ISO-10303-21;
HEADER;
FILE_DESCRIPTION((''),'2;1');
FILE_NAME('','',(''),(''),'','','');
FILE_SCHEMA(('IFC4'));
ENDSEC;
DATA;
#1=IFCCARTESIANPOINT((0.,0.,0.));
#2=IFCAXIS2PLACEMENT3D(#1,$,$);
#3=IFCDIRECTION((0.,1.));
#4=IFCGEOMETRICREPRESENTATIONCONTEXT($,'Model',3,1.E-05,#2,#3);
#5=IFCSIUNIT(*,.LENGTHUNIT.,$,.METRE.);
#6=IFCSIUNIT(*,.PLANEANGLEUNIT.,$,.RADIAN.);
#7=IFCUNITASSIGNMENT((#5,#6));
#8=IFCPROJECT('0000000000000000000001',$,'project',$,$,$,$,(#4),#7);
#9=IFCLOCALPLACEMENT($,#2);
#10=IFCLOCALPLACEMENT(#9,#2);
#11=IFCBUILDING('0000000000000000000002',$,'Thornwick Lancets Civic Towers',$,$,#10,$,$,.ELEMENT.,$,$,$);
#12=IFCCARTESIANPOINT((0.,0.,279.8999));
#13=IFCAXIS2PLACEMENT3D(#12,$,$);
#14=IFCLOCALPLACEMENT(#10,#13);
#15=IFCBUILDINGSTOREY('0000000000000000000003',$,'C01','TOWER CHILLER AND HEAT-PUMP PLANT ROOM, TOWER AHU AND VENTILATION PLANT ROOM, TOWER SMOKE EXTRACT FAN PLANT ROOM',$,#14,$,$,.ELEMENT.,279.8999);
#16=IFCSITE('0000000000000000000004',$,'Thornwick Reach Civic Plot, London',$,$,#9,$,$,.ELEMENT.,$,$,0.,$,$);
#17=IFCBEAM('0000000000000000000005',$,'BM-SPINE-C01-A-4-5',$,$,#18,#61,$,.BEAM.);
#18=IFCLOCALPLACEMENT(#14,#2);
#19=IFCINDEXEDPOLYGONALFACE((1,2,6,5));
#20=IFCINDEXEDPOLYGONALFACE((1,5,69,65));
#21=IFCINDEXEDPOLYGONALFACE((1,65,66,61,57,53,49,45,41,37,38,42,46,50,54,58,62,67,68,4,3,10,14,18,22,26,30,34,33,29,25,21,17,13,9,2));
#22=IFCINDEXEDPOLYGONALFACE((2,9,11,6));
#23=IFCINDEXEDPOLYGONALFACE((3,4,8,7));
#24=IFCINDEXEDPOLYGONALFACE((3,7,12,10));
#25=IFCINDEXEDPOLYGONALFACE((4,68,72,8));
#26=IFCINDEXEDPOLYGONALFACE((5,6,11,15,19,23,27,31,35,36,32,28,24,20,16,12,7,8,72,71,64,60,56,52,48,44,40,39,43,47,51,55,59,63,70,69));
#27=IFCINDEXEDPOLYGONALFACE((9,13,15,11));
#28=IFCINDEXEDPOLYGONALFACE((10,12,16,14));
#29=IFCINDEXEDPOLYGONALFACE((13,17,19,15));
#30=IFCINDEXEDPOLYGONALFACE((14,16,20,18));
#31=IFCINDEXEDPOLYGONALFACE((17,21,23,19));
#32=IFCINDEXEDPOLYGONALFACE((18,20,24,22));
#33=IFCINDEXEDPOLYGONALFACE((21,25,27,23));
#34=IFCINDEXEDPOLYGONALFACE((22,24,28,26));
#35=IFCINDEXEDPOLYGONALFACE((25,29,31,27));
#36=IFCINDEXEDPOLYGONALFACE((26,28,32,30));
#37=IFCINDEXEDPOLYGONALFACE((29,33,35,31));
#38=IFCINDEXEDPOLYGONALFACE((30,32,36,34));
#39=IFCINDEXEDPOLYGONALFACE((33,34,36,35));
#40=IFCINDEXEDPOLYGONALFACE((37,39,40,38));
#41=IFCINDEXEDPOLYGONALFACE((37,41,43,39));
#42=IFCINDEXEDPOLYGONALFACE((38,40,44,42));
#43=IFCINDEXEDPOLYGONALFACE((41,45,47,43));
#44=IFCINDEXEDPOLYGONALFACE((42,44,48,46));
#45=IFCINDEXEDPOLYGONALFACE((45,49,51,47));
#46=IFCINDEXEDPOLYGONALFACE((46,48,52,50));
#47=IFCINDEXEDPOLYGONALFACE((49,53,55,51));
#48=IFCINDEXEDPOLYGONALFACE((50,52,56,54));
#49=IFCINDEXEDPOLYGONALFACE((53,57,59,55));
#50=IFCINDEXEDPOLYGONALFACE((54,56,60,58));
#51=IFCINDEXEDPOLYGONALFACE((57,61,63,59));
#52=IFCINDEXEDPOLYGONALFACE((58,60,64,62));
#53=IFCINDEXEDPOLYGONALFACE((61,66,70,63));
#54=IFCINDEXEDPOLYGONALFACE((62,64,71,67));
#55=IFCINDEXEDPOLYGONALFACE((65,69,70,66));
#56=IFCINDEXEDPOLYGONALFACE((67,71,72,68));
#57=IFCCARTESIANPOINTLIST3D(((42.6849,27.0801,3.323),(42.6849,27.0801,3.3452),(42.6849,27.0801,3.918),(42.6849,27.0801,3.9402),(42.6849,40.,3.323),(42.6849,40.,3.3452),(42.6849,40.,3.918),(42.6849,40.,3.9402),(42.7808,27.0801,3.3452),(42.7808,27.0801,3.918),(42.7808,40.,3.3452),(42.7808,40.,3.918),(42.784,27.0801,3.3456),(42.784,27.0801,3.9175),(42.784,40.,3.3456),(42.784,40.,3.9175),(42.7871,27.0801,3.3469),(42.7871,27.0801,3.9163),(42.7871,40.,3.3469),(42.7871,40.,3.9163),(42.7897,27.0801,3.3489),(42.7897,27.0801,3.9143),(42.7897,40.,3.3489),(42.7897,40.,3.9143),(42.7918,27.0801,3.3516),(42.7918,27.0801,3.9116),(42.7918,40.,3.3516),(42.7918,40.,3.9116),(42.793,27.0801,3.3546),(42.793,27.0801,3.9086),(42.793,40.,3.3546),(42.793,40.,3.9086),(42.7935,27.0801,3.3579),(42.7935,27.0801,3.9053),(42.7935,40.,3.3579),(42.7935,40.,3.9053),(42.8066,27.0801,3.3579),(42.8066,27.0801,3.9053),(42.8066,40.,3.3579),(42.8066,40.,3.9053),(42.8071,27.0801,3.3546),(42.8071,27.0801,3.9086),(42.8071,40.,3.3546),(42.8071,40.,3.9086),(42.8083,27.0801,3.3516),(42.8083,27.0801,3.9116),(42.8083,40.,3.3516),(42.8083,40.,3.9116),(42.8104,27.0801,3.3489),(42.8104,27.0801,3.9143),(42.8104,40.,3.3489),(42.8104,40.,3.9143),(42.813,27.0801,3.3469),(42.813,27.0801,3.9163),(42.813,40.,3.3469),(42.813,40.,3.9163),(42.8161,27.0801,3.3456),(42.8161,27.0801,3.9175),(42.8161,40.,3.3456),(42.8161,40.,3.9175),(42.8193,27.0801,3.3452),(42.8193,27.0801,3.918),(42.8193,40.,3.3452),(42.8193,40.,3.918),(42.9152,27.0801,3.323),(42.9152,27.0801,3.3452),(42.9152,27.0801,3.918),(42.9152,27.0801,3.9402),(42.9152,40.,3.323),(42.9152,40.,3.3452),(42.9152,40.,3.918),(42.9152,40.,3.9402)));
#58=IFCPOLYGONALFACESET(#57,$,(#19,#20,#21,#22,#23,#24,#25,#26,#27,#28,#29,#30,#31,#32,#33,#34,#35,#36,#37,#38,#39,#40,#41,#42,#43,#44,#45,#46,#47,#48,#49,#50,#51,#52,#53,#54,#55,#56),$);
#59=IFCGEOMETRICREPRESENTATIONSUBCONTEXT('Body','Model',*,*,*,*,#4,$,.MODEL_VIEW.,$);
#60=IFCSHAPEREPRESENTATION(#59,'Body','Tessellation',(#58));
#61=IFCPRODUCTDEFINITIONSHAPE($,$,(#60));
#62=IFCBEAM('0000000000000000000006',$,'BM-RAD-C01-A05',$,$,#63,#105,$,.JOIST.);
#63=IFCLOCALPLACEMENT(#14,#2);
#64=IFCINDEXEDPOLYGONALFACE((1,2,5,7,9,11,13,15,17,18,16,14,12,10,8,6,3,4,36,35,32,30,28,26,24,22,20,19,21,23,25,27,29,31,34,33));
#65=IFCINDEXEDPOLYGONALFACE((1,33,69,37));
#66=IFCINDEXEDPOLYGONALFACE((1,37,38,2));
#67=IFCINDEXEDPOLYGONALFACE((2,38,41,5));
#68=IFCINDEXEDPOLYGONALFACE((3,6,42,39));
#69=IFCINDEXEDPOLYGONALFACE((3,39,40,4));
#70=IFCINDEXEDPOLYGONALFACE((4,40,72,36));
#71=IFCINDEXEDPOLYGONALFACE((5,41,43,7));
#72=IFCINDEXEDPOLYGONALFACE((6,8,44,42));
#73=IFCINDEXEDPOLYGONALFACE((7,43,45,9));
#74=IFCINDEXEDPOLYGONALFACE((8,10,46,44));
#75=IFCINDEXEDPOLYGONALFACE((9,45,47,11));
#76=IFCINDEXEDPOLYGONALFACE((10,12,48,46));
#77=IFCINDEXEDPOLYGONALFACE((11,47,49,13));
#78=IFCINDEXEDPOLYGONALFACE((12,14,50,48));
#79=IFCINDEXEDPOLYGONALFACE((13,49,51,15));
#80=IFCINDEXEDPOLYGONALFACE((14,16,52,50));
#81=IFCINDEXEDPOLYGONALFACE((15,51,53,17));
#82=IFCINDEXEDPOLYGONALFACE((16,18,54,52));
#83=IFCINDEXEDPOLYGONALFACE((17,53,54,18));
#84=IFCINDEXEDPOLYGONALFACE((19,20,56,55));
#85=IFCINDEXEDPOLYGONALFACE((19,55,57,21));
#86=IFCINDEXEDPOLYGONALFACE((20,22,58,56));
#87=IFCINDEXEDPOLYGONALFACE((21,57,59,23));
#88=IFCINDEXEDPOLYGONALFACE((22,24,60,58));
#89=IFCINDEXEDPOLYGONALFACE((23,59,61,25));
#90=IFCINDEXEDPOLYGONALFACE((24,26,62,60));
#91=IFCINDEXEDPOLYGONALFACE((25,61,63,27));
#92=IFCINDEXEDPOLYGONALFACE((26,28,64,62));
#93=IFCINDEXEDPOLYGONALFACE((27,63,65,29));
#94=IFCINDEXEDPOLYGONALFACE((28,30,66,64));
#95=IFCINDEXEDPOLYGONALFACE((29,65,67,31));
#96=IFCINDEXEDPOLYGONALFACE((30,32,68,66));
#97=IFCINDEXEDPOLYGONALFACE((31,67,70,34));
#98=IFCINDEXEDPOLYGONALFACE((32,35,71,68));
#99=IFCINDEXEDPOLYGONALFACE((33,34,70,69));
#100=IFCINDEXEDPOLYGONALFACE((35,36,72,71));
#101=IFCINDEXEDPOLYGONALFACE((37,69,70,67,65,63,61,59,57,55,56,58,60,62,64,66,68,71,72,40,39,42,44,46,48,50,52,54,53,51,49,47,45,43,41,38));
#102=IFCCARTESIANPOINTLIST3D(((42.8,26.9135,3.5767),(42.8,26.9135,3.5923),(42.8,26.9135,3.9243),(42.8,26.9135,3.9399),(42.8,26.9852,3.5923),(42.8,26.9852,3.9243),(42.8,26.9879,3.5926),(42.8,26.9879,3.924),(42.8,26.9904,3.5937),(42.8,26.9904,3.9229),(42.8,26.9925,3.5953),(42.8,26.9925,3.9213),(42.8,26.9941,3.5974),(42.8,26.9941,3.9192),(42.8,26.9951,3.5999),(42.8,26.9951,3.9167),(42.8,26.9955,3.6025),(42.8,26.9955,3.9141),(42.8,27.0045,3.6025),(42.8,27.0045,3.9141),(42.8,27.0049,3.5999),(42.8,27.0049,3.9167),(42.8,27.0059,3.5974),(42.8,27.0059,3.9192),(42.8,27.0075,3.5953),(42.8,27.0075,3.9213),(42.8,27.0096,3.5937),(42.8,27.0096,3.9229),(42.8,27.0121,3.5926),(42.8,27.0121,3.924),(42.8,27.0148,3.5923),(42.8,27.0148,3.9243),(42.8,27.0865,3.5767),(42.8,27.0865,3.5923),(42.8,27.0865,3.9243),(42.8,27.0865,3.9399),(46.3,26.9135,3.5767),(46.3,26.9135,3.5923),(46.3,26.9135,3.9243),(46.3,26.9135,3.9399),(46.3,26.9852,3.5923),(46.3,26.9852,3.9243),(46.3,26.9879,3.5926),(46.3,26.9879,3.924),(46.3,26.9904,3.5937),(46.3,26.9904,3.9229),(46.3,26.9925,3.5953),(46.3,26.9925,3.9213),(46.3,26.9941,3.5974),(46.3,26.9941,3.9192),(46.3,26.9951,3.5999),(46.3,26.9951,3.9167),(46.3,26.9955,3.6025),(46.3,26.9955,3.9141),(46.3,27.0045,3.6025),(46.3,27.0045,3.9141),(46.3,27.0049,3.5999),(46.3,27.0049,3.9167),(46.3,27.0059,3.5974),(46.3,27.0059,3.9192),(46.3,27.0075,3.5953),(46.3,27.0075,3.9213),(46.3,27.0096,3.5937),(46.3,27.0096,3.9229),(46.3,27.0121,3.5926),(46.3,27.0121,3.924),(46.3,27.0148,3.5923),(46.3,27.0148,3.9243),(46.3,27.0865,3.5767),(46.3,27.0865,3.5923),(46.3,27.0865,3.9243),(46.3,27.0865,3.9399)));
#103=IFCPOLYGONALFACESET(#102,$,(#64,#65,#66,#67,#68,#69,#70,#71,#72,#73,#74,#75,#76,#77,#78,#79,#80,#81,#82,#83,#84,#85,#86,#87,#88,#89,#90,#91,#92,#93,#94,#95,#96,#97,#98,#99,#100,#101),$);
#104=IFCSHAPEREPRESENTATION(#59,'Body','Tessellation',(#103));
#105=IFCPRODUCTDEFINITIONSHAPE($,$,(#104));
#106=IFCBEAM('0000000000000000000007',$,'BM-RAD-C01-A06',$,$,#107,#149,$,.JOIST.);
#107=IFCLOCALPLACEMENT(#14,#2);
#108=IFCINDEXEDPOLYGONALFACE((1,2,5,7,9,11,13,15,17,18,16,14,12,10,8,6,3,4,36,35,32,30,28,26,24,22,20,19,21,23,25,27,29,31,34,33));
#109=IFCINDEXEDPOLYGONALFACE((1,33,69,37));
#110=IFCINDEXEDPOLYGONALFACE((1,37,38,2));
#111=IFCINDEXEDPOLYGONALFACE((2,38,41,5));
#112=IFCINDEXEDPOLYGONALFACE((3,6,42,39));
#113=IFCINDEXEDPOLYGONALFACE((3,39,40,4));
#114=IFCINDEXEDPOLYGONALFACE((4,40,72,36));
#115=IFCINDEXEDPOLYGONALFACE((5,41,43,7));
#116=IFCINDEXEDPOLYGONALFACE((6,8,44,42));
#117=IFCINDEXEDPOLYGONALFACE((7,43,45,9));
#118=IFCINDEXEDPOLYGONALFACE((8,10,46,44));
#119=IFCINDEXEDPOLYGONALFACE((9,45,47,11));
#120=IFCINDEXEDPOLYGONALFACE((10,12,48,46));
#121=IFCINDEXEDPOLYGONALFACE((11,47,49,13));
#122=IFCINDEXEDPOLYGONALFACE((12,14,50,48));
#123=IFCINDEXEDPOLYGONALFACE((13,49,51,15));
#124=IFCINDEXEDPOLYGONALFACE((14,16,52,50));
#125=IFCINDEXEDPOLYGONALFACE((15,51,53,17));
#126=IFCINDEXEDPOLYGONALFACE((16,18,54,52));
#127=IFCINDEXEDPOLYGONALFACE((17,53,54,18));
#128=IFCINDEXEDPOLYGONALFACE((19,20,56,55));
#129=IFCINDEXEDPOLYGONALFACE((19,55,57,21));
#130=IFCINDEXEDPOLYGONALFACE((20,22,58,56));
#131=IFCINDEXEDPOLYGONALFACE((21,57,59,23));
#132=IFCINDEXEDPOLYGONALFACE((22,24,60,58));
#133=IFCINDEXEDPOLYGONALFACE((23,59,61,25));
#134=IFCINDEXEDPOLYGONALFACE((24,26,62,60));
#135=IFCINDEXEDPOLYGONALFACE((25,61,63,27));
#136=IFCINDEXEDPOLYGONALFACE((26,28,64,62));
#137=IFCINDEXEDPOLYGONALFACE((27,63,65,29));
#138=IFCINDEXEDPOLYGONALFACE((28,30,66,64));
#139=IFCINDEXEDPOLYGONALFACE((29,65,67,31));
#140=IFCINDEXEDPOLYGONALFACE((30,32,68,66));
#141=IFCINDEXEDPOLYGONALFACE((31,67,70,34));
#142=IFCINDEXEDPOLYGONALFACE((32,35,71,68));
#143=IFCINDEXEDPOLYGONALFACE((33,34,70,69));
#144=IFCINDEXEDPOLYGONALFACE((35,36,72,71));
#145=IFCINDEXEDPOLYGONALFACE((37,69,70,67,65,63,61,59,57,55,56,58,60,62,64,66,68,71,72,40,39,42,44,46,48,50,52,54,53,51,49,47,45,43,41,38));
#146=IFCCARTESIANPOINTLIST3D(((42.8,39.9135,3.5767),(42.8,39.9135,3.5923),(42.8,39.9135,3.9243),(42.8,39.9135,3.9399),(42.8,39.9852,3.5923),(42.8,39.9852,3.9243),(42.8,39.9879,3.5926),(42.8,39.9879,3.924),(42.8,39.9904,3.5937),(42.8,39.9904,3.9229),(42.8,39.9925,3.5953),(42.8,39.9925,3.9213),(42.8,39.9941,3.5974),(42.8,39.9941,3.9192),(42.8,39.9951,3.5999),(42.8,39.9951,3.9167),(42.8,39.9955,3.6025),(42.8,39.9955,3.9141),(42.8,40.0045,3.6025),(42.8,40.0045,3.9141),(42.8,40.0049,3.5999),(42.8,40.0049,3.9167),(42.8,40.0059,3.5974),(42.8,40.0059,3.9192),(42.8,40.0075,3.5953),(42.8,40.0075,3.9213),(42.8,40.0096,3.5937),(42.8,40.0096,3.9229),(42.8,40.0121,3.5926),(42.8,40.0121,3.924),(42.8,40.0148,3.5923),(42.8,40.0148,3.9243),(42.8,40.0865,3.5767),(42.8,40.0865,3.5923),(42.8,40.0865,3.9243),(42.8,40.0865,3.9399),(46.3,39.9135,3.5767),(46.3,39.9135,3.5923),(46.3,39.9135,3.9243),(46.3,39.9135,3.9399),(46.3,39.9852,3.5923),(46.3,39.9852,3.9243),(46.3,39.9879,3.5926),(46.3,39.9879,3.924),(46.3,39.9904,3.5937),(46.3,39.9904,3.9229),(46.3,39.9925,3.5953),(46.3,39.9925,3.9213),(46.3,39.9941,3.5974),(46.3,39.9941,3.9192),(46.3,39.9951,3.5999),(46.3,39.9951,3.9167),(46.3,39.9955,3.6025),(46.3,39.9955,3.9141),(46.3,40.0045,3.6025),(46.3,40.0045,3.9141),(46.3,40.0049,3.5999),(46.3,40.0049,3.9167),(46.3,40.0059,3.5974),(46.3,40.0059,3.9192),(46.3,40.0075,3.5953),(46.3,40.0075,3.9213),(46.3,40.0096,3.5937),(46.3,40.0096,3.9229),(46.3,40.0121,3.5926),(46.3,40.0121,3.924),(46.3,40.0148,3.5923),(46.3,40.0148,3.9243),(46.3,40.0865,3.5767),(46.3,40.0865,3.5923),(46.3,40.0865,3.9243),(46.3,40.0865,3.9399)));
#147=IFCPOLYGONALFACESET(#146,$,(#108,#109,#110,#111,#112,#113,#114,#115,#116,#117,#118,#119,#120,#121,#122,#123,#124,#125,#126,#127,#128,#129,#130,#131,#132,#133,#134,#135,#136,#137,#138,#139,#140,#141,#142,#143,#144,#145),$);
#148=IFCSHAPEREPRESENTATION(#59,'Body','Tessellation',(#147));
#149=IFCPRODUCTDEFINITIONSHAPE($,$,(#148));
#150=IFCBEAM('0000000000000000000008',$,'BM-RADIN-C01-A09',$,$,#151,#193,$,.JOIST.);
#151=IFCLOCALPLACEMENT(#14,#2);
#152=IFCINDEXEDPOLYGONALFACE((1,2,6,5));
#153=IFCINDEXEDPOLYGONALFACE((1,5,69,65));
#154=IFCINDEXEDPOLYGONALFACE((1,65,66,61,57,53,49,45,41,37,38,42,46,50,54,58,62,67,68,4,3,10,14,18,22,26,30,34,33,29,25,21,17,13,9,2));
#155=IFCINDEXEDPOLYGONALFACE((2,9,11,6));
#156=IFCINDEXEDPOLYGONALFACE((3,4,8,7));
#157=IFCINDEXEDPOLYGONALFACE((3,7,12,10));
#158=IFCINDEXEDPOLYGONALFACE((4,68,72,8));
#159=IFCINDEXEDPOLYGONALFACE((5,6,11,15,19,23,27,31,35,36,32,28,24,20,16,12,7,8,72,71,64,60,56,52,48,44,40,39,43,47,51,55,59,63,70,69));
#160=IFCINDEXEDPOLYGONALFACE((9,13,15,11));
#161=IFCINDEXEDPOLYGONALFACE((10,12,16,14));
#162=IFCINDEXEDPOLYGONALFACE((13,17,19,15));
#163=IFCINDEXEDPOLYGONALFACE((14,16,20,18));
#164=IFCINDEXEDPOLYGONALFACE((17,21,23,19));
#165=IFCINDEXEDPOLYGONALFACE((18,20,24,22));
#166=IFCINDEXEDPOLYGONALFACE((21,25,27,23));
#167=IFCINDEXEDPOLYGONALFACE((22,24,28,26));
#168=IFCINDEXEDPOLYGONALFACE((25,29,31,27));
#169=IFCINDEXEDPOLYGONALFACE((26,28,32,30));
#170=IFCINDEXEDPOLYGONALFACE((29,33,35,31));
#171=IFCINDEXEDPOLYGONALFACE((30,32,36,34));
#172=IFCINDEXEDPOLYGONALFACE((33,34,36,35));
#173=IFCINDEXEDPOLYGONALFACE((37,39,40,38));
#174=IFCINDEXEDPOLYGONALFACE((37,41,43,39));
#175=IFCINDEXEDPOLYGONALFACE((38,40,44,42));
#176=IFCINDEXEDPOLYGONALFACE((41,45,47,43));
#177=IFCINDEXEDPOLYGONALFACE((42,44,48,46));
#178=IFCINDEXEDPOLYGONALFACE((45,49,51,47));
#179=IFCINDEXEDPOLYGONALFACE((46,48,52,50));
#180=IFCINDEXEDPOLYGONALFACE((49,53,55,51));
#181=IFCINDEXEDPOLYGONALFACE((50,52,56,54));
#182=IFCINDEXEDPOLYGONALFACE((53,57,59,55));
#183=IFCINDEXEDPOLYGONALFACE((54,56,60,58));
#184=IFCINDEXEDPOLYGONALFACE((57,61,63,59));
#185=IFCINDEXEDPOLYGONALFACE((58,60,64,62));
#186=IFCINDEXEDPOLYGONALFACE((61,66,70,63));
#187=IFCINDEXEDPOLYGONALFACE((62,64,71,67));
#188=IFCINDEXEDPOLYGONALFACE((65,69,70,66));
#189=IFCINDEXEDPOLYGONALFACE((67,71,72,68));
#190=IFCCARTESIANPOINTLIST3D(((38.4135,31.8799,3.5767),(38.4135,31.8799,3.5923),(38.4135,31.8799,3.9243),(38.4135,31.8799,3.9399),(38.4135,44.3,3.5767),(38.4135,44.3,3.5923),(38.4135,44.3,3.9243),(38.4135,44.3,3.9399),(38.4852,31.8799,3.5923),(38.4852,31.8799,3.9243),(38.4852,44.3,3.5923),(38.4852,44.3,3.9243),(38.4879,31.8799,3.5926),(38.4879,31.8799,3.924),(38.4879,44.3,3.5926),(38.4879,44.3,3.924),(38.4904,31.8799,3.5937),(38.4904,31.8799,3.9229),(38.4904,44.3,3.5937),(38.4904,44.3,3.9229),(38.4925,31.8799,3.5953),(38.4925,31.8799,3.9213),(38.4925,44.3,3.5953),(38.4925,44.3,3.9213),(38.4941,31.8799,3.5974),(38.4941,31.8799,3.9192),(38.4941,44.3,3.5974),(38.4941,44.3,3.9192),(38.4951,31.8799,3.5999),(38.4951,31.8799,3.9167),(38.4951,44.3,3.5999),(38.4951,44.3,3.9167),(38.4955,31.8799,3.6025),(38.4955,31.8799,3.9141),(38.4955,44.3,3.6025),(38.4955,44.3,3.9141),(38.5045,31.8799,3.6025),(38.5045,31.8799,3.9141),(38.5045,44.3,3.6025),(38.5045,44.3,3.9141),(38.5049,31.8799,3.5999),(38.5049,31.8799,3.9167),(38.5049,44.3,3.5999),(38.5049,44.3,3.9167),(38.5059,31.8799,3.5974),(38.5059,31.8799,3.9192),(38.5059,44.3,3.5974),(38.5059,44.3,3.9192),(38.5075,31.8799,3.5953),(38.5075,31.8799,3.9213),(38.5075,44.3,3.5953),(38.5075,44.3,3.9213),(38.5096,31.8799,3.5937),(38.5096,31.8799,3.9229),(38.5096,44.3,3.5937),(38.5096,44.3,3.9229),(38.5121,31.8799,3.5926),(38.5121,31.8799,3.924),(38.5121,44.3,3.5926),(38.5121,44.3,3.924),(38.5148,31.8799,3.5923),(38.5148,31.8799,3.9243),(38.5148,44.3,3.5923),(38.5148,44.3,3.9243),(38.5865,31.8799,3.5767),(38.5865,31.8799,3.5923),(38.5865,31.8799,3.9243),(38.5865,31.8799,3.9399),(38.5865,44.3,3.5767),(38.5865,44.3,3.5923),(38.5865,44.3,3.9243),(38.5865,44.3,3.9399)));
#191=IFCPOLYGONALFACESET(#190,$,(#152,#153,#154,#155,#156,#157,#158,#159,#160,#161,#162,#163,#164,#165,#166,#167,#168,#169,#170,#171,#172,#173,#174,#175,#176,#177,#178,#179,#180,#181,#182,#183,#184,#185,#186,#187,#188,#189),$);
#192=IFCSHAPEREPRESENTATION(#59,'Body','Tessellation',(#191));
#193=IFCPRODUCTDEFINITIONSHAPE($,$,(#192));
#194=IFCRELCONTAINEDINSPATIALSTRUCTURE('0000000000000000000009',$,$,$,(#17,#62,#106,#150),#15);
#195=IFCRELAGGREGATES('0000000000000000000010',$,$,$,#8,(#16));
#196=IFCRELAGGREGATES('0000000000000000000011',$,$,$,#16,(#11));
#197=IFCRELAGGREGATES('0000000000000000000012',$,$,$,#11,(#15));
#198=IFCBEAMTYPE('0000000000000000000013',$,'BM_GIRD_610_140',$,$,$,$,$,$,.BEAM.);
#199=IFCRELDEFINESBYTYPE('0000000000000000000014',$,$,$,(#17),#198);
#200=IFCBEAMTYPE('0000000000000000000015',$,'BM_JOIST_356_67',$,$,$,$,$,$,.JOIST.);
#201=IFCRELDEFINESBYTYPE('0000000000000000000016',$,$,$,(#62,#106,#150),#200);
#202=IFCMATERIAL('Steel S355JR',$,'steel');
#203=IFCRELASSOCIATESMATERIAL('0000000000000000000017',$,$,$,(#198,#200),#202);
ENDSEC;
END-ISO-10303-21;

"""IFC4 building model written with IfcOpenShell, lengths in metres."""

from ifc_helpers import new_model, si_unit, direction, frame, origin, origin_2d, place, context, subcontext, project, spatial, i_section, extrude, material, material_profile, profile_set, type_object, element, save


model = new_model("IFC4")

# Units and contexts
model_context = context("Model", 3, precision=1e-05, world=origin(), true_north=direction((0.0, 1.0)))
body_context = subcontext(model_context, "Body", "Model", "MODEL_VIEW")
ifc_project = project(units=[si_unit("LENGTHUNIT", "METRE"), si_unit("PLANEANGLEUNIT", "RADIAN")], contexts=[model_context])

# Site, building, storey
site_placement = place(None, origin())
site = spatial("IfcSite", under=ifc_project, at=site_placement, Name="Thornwick Reach Civic Plot, London", CompositionType="ELEMENT", RefElevation=0.0)
building_placement = place(site_placement, origin())
building = spatial("IfcBuilding", under=site, at=building_placement, Name="Thornwick Lancets Civic Towers", CompositionType="ELEMENT")
storey_placement = place(building_placement, frame((0.0, 0.0, 279.8999)))
storey = spatial("IfcBuildingStorey", under=building, at=storey_placement, Name="C01", Description="TOWER CHILLER AND HEAT-PUMP PLANT ROOM, TOWER AHU AND VENTILATION PLANT ROOM, TOWER SMOKE EXTRACT FAN PLANT ROOM", CompositionType="ELEMENT", Elevation=279.8999)

# Shared definitions
ifc_material_1 = material(Name="Steel S355JR", Category="steel")

# Beams
ifc_material_profile_1 = material_profile(ifc_material_1, i_section(OverallWidth=0.2302, OverallDepth=0.6172, WebThickness=0.0132, FlangeThickness=0.0222, FilletRadius=0.0127, at=origin_2d()), Name="UKB 610x229x140")
ifc_profile_set_1 = profile_set([ifc_material_profile_1], Name="Steel S355JR")
beam_type_1 = type_object("IfcBeamType", Name="BM_GIRD_610_140", PredefinedType="BEAM", material=ifc_profile_set_1)
beam_1_placement = place(storey_placement, frame((42.8, 27.0801, 3.6316), z_axis=(0.0, 1.0, 0.0), x_axis=(-1.0, 0.0, 0.0)))
element("IfcBeam", 1, at=beam_1_placement, inside=storey, type_object=beam_type_1, Name="BM-SPINE-C01-A-4-5", PredefinedType="BEAM", context=body_context, shape_type="SweptSolid", body=[
    extrude(i_section(OverallWidth=0.2302, OverallDepth=0.6172, WebThickness=0.0132, FlangeThickness=0.0222, FilletRadius=0.0127, at=origin_2d()), origin(), (0.0, 0.0, 1.0), 12.9199),
])
ifc_material_profile_2 = material_profile(ifc_material_1, i_section(OverallWidth=0.1731, OverallDepth=0.3633, WebThickness=0.009, FlangeThickness=0.0156, FilletRadius=0.0103, at=origin_2d()), Name="UKB 356x171x67")
ifc_profile_set_2 = profile_set([ifc_material_profile_2], Name="Steel S355JR")
beam_type_2 = type_object("IfcBeamType", Name="BM_JOIST_356_67", PredefinedType="JOIST", material=ifc_profile_set_2)
for number, where, z_axis, x_axis, name in (
    (2, (42.8, 27.0, 3.7583), (1.0, 0.0, 0.0), (0.0, 1.0, 0.0), "BM-RAD-C01-A05"),
    (3, (42.8, 40.0, 3.7583), (1.0, 0.0, 0.0), (0.0, 1.0, 0.0), "BM-RAD-C01-A06"),
):
    element("IfcBeam", number, at=place(storey_placement, frame(where, z_axis=z_axis, x_axis=x_axis)), inside=storey, type_object=beam_type_2, Name=name, PredefinedType="JOIST", context=body_context, shape_type="SweptSolid", body=[
        extrude(i_section(OverallWidth=0.1731, OverallDepth=0.3633, WebThickness=0.009, FlangeThickness=0.0156, FilletRadius=0.0103, at=origin_2d()), origin(), (0.0, 0.0, 1.0), 3.5),
    ])
beam_2_placement = place(storey_placement, frame((38.5, 31.8799, 3.7583), z_axis=(0.0, 1.0, 0.0), x_axis=(-1.0, 0.0, 0.0)))
element("IfcBeam", 4, at=beam_2_placement, inside=storey, type_object=beam_type_2, Name="BM-RADIN-C01-A09", PredefinedType="JOIST", context=body_context, shape_type="SweptSolid", body=[
    extrude(i_section(OverallWidth=0.1731, OverallDepth=0.3633, WebThickness=0.009, FlangeThickness=0.0156, FilletRadius=0.0103, at=origin_2d()), origin(), (0.0, 0.0, 1.0), 12.4202),
])

save(model, "model.ifc")
